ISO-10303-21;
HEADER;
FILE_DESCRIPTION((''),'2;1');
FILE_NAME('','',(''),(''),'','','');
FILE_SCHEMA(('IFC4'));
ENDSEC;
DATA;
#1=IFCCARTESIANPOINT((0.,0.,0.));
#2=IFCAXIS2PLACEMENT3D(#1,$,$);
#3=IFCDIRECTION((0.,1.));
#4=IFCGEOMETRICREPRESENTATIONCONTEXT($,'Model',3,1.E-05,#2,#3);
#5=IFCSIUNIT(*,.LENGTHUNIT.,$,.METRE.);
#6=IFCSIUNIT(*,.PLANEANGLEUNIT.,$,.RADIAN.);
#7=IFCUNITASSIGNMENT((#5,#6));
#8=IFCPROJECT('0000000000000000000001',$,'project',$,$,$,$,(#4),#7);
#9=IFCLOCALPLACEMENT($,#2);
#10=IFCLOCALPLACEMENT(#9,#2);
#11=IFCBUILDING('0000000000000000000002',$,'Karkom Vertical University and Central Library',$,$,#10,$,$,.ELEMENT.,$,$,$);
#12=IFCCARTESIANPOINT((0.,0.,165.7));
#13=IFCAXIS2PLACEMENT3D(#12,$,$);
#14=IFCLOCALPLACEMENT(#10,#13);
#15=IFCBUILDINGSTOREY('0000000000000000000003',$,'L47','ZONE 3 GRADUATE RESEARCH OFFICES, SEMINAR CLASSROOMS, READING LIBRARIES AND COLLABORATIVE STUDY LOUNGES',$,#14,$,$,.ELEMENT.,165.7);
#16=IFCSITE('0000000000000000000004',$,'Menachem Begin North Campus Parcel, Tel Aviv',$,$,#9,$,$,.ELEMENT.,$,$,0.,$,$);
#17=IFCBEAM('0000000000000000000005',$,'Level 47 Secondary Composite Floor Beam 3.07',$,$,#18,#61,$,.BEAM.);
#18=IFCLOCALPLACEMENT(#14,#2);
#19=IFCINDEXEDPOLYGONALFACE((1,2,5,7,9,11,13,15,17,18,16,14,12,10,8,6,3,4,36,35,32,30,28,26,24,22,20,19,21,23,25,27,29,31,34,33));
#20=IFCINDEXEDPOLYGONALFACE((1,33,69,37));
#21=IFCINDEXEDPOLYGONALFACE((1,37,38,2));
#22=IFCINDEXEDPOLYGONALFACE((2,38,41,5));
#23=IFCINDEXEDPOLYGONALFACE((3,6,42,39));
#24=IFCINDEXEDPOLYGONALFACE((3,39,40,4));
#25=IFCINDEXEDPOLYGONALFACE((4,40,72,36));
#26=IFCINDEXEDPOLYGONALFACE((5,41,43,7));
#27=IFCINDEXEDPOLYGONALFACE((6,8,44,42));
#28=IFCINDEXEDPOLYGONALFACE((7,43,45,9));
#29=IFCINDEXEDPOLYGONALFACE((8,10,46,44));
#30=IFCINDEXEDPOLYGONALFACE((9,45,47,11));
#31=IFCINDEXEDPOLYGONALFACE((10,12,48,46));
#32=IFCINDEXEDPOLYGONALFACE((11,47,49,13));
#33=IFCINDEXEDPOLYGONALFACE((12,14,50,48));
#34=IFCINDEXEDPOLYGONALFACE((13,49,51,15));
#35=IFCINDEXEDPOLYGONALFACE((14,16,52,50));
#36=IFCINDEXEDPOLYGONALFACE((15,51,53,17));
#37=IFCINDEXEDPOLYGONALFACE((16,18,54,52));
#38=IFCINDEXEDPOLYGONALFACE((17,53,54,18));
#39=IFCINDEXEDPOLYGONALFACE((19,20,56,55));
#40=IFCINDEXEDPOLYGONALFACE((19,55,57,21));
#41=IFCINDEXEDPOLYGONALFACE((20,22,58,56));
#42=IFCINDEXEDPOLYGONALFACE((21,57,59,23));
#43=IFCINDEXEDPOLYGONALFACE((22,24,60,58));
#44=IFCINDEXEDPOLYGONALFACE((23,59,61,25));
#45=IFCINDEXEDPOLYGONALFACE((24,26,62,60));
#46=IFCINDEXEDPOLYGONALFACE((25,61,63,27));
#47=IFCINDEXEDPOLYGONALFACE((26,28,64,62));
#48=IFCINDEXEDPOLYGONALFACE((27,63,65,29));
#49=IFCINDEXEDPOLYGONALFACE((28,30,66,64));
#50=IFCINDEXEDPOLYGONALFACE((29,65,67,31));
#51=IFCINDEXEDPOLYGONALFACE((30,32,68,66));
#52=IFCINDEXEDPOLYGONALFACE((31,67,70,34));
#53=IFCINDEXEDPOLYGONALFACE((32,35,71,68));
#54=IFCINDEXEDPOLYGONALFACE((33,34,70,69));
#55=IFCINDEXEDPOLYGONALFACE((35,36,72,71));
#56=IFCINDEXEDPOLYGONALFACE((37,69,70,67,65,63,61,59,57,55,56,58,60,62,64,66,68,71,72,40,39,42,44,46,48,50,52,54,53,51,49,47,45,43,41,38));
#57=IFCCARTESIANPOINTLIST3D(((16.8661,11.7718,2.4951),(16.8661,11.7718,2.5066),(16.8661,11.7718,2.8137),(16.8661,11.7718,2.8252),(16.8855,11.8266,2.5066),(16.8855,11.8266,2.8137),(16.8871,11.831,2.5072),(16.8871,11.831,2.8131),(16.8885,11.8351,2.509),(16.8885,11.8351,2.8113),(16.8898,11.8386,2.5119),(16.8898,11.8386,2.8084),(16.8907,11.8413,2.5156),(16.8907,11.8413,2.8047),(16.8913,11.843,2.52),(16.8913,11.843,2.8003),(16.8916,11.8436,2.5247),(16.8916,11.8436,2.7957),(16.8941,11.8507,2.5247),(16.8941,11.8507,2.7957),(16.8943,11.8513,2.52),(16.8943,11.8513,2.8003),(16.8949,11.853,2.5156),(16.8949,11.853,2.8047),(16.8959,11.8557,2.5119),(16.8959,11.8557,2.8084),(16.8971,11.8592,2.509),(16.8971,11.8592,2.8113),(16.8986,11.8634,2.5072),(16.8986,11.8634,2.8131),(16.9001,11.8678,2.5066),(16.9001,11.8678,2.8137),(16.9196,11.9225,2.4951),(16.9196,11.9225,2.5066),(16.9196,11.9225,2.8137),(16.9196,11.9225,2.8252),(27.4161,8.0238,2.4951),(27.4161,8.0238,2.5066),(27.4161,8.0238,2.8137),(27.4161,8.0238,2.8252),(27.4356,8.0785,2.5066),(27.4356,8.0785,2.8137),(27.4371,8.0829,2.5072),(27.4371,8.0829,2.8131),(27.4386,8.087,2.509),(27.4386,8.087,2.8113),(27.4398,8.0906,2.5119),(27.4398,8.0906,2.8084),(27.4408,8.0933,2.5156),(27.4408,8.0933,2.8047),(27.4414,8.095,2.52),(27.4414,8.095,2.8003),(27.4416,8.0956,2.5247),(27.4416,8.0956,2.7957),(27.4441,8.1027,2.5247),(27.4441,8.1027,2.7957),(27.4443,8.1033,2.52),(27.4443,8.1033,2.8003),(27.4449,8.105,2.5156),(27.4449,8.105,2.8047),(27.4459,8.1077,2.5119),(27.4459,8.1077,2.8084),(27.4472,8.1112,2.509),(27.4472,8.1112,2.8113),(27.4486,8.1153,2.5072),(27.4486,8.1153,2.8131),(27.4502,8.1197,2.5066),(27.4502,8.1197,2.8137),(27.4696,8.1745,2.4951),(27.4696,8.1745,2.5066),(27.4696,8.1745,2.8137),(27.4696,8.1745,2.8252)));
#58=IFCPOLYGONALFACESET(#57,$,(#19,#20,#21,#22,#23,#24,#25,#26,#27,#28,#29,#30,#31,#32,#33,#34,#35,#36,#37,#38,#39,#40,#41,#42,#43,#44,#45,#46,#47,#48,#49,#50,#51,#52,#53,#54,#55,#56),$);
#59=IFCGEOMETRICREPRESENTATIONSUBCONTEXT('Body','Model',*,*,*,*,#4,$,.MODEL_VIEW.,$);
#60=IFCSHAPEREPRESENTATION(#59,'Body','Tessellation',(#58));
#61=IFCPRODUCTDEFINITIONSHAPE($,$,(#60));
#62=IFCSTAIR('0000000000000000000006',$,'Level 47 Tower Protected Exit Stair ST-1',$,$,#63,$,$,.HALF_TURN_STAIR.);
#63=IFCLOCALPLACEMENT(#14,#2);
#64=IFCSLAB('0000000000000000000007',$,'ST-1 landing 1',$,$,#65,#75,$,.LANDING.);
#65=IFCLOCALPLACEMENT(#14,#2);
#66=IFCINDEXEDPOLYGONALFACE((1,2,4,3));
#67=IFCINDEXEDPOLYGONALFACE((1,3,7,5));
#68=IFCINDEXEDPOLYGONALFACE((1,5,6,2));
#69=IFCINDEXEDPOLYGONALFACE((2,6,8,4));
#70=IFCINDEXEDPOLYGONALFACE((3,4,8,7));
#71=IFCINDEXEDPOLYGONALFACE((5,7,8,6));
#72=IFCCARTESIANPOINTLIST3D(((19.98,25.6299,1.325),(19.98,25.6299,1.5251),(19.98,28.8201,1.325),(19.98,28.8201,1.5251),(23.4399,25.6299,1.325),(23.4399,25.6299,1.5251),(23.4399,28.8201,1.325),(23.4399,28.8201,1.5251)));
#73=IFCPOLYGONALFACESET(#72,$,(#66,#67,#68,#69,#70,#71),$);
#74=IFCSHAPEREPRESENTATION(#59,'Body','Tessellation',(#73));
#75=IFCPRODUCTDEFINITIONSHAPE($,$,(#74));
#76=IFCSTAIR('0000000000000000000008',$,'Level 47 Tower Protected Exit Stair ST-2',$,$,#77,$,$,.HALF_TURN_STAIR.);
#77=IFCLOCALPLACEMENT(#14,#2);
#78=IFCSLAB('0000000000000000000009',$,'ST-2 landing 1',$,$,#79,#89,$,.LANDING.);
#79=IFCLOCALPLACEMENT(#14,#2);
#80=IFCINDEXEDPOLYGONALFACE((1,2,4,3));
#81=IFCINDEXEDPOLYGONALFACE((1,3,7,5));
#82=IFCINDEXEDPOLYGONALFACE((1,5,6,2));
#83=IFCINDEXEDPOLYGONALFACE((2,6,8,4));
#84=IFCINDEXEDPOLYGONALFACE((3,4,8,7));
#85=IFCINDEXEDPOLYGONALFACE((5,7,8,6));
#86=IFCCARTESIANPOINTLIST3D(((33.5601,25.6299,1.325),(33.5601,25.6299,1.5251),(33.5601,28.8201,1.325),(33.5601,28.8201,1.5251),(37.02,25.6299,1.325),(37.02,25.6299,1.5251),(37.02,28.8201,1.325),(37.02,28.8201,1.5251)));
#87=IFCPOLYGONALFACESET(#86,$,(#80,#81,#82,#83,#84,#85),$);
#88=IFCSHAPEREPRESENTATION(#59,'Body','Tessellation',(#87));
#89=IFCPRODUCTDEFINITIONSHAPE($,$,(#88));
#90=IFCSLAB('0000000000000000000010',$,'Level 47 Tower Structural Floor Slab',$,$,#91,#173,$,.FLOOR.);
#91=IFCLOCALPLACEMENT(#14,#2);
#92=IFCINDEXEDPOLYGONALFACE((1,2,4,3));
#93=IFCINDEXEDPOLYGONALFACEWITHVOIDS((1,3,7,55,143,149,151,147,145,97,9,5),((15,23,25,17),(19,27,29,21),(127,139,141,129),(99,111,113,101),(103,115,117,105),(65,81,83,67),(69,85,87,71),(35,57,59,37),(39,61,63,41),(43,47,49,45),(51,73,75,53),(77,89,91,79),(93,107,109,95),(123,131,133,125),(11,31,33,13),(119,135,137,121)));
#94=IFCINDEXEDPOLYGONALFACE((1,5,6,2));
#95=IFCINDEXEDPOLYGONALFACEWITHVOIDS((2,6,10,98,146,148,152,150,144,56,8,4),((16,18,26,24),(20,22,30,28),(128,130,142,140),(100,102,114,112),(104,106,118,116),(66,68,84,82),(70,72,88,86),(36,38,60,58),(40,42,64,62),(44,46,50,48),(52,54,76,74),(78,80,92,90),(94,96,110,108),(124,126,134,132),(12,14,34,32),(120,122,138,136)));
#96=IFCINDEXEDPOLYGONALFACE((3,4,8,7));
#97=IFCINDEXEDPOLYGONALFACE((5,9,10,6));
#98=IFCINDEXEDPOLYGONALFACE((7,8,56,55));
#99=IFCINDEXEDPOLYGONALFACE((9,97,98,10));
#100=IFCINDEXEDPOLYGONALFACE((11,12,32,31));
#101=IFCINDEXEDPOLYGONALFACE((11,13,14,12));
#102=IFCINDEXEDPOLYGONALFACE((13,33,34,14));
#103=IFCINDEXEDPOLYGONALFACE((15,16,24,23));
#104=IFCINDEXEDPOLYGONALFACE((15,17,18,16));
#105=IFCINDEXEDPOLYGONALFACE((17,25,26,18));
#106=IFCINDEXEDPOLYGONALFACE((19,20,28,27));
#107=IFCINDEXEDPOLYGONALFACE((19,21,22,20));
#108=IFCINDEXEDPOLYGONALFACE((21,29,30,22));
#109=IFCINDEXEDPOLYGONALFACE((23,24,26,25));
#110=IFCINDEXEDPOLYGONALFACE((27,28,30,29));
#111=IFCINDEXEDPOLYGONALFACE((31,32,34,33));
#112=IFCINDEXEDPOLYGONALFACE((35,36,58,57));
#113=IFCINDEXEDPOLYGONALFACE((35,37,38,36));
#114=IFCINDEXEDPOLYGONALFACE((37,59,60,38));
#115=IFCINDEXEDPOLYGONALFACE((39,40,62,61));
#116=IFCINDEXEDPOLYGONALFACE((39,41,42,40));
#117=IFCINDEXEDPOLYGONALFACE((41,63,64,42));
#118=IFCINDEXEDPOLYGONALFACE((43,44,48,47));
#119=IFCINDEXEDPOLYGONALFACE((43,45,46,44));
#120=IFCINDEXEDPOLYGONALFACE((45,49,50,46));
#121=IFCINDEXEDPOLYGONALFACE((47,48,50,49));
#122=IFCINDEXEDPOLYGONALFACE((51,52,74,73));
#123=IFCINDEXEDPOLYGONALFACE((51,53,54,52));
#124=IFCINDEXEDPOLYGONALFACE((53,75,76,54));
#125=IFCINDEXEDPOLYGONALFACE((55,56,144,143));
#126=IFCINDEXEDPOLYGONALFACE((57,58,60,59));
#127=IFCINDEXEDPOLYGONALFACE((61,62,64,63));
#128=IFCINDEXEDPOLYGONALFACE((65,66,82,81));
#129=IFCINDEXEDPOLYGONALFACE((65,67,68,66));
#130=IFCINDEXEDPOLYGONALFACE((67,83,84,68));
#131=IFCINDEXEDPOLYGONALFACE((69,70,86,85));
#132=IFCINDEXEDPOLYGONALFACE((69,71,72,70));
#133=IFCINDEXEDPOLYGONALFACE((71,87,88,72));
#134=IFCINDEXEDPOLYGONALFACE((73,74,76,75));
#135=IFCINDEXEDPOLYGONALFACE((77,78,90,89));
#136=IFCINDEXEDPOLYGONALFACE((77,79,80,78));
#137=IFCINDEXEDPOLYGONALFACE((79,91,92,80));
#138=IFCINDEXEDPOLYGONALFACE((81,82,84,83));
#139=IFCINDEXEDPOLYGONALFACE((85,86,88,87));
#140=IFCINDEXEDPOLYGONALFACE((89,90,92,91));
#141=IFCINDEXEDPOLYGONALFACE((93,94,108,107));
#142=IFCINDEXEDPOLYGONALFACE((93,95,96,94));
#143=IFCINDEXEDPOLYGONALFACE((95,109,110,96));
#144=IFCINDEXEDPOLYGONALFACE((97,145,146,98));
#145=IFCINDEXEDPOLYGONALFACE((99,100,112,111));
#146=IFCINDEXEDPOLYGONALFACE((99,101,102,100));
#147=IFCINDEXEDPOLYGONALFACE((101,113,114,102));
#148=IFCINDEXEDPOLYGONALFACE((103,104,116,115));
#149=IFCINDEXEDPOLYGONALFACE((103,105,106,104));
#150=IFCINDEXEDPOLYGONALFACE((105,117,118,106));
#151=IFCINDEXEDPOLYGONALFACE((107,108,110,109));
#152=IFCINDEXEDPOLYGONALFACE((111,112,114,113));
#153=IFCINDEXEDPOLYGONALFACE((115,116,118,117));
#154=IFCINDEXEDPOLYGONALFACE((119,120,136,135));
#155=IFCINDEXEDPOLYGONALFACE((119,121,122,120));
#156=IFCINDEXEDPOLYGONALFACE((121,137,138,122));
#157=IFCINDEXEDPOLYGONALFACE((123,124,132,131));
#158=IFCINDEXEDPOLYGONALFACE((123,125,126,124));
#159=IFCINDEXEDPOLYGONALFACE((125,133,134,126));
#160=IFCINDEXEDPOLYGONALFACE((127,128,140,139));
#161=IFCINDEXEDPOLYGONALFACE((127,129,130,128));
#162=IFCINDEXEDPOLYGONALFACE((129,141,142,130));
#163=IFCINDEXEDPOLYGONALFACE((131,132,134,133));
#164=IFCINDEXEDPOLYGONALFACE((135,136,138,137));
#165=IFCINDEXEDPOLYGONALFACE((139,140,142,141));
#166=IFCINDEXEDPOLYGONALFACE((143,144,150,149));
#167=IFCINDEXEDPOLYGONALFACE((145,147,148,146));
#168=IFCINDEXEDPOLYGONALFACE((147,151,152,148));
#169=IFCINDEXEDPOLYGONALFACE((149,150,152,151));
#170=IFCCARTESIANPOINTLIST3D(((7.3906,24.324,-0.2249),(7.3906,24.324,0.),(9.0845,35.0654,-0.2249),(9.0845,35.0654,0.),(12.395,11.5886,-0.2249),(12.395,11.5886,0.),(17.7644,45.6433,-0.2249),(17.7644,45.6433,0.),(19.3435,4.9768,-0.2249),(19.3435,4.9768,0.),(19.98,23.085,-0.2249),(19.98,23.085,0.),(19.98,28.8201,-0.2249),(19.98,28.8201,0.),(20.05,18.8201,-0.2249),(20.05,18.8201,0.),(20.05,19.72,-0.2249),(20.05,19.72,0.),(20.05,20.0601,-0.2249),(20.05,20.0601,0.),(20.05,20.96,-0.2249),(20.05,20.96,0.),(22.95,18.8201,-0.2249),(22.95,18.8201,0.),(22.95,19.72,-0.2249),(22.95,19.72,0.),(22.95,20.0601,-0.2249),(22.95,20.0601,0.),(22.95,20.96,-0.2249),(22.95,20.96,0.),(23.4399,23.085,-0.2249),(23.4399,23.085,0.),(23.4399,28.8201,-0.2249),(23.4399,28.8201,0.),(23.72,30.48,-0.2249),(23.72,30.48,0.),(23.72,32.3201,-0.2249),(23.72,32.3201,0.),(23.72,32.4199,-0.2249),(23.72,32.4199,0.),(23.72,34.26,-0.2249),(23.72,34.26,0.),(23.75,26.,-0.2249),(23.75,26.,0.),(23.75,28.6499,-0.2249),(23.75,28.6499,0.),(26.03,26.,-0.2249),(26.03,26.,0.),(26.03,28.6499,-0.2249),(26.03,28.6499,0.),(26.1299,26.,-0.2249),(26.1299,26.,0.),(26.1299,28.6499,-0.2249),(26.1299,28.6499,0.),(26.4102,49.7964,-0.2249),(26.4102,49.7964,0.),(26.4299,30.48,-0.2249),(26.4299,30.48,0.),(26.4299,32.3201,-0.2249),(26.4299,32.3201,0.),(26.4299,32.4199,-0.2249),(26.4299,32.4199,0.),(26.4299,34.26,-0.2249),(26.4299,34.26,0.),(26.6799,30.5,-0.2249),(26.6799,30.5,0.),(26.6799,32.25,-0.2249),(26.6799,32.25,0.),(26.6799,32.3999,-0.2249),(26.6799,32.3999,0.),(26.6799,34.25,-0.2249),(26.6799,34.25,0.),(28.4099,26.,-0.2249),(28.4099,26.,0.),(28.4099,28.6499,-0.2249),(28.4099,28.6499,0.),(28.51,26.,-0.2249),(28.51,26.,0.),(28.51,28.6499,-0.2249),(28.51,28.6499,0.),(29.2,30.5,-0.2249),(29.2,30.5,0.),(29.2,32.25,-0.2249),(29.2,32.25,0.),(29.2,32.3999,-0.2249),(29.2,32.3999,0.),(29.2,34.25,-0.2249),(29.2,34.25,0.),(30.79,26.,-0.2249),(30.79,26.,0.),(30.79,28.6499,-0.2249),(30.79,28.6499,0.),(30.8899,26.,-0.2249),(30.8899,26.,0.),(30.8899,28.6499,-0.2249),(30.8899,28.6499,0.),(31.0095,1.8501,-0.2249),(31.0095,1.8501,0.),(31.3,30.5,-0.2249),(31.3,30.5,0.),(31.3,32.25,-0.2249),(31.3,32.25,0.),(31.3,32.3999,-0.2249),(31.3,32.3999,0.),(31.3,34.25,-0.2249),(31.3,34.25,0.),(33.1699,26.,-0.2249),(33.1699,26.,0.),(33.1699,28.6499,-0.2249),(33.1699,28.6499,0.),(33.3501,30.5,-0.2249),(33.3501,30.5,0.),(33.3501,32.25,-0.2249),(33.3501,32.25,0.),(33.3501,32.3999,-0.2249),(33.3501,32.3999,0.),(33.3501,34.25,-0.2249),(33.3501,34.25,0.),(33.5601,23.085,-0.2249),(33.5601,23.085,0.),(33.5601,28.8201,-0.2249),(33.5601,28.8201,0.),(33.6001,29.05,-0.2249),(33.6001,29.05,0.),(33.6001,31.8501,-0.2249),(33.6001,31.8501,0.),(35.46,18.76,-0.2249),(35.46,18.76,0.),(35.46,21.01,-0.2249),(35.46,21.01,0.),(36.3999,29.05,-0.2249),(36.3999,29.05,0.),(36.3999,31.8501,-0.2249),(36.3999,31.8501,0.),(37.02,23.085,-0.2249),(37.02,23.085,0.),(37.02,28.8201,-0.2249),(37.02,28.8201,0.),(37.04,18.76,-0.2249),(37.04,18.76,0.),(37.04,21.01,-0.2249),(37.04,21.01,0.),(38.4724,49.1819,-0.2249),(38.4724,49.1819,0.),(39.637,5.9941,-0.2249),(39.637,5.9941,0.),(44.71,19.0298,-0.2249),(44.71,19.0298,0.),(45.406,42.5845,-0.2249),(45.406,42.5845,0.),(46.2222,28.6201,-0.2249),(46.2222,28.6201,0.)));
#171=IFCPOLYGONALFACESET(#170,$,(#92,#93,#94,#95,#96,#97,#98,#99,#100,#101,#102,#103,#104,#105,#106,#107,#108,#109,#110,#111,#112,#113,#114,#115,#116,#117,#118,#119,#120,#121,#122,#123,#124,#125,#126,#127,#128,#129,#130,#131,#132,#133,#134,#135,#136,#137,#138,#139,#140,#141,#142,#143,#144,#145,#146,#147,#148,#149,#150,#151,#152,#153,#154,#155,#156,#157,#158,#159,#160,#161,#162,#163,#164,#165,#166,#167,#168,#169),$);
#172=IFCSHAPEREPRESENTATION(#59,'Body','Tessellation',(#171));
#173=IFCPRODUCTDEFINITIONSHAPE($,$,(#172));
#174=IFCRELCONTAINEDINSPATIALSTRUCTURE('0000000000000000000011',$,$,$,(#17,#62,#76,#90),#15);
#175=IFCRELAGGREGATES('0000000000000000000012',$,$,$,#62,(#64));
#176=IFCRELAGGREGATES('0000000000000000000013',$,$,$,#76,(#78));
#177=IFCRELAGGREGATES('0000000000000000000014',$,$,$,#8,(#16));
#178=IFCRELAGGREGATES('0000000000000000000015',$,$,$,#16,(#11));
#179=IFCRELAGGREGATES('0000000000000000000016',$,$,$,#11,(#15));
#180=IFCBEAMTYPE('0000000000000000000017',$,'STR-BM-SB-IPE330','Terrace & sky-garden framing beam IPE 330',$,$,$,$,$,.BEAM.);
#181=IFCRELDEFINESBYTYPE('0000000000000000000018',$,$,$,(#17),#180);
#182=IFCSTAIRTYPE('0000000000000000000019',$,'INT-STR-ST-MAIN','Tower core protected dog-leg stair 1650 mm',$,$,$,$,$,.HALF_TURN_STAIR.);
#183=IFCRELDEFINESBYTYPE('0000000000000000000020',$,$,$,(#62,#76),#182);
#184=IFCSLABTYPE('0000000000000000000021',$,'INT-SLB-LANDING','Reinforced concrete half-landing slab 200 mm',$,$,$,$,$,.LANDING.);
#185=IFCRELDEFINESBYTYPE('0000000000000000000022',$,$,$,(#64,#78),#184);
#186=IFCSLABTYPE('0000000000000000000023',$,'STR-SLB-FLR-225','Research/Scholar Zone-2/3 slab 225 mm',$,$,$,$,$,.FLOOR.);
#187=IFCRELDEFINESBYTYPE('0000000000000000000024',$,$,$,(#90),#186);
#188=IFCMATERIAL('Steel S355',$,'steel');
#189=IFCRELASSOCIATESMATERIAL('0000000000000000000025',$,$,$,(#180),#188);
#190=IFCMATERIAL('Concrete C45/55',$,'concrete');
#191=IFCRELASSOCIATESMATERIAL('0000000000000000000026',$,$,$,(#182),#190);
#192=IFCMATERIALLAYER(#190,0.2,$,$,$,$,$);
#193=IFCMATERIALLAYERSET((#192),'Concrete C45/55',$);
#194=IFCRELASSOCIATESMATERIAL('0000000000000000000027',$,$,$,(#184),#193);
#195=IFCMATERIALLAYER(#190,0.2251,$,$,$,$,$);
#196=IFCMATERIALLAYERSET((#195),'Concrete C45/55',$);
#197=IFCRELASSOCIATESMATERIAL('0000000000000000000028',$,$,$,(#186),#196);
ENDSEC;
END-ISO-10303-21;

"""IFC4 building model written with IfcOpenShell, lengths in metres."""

from ifc_helpers import new_model, si_unit, direction, frame, origin, origin_with_axes, origin_2d, place, context, subcontext, project, spatial, polyline, i_section, outline, extrude, source, transform, mapped, material, layer, layer_set, material_profile, profile_set, type_object, element, aggregate, save


model = new_model("IFC4")

# Units and contexts
model_context = context("Model", 3, precision=1e-05, world=origin(), true_north=direction((0.0, 1.0)))
body_context = subcontext(model_context, "Body", "Model", "MODEL_VIEW")
ifc_project = project(units=[si_unit("LENGTHUNIT", "METRE"), si_unit("PLANEANGLEUNIT", "RADIAN")], contexts=[model_context])

# Site, building, storey
site_placement = place(None, origin())
site = spatial("IfcSite", under=ifc_project, at=site_placement, Name="Menachem Begin North Campus Parcel, Tel Aviv", CompositionType="ELEMENT", RefElevation=0.0)
building_placement = place(site_placement, origin())
building = spatial("IfcBuilding", under=site, at=building_placement, Name="Karkom Vertical University and Central Library", CompositionType="ELEMENT")
storey_placement = place(building_placement, frame((0.0, 0.0, 165.7)))
storey = spatial("IfcBuildingStorey", under=building, at=storey_placement, Name="L47", Description="ZONE 3 GRADUATE RESEARCH OFFICES, SEMINAR CLASSROOMS, READING LIBRARIES AND COLLABORATIVE STUDY LOUNGES", CompositionType="ELEMENT", Elevation=165.7)

# Beam
ifc_material_1 = material(Name="Steel S355", Category="steel")
ifc_material_profile_1 = material_profile(ifc_material_1, i_section(OverallWidth=0.1599, OverallDepth=0.3301, WebThickness=0.0076, FlangeThickness=0.0115, FilletRadius=0.0181, at=origin_2d()), Name="IPE 330")
ifc_profile_set_1 = profile_set([ifc_material_profile_1], Name="Steel S355")
beam_type_1 = type_object("IfcBeamType", Name="STR-BM-SB-IPE330", Description="Terrace & sky-garden framing beam IPE 330", PredefinedType="BEAM", material=ifc_profile_set_1)
shared_shape_1 = source(origin_with_axes(), body_context, "Body", "SweptSolid", [
    extrude(i_section(OverallWidth=0.1599, OverallDepth=0.3301, WebThickness=0.0076, FlangeThickness=0.0115, FilletRadius=0.0181, at=origin_2d()), origin(), (0.0, 0.0, 1.0), 11.196),
])
beam_1_placement = place(storey_placement, frame((16.8928, 11.8472, 2.6602), z_axis=(0.942302, -0.334765, 0.0), x_axis=(0.334765, 0.942302, 0.0)))
element("IfcBeam", 1, at=beam_1_placement, inside=storey, type_object=beam_type_1, Name="Level 47 Secondary Composite Floor Beam 3.07", PredefinedType="BEAM", context=body_context, shape_type="MappedRepresentation", body=[
    mapped(shared_shape_1, transform((0.0, 0.0, 0.0), scale=1.0)),
])

# Stairs, slabs
ifc_material_2 = material(Name="Concrete C45/55", Category="concrete")
stair_type = type_object("IfcStairType", Name="INT-STR-ST-MAIN", Description="Tower core protected dog-leg stair 1650 mm", PredefinedType="HALF_TURN_STAIR", material=ifc_material_2)
stair_1_placement = place(storey_placement, origin())
stair_1 = element("IfcStair", 2, at=stair_1_placement, inside=storey, type_object=stair_type, Name="Level 47 Tower Protected Exit Stair ST-1", PredefinedType="HALF_TURN_STAIR")
ifc_layer_1 = layer(ifc_material_2, 0.2)
ifc_layer_set_1 = layer_set([ifc_layer_1], Name="Concrete C45/55")
slab_type_1 = type_object("IfcSlabType", Name="INT-SLB-LANDING", Description="Reinforced concrete half-landing slab 200 mm", PredefinedType="LANDING", material=ifc_layer_set_1)
slab_1_placement = place(storey_placement, frame((0.0, 0.0, 1.325)))
slab_1 = element("IfcSlab", 3, at=slab_1_placement, type_object=slab_type_1, Name="ST-1 landing 1", PredefinedType="LANDING", context=body_context, shape_type="SweptSolid", body=[
    extrude(outline(polyline([(23.4399, 25.6299), (23.4399, 28.8201), (19.98, 28.8201), (19.98, 25.6299), (23.4399, 25.6299)])), origin(), (0.0, 0.0, 1.0), 0.2002),
])
aggregate(stair_1, [slab_1])
stair_2_placement = place(storey_placement, origin())
stair_2 = element("IfcStair", 4, at=stair_2_placement, inside=storey, type_object=stair_type, Name="Level 47 Tower Protected Exit Stair ST-2", PredefinedType="HALF_TURN_STAIR")
slab_2_placement = place(storey_placement, frame((0.0, 0.0, 1.325)))
slab_2 = element("IfcSlab", 5, at=slab_2_placement, type_object=slab_type_1, Name="ST-2 landing 1", PredefinedType="LANDING", context=body_context, shape_type="SweptSolid", body=[
    extrude(outline(polyline([(37.02, 25.6299), (37.02, 28.8201), (33.5601, 28.8201), (33.5601, 25.6299), (37.02, 25.6299)])), origin(), (0.0, 0.0, 1.0), 0.2002),
])
aggregate(stair_2, [slab_2])

# Slab
ifc_layer_2 = layer(ifc_material_2, 0.2251)
ifc_layer_set_2 = layer_set([ifc_layer_2], Name="Concrete C45/55")
slab_type_2 = type_object("IfcSlabType", Name="STR-SLB-FLR-225", Description="Research/Scholar Zone-2/3 slab 225 mm", PredefinedType="FLOOR", material=ifc_layer_set_2)
slab_3_placement = place(storey_placement, frame((0.0, 0.0, -0.2249)))
element("IfcSlab", 6, at=slab_3_placement, inside=storey, type_object=slab_type_2, Name="Level 47 Tower Structural Floor Slab", PredefinedType="FLOOR", context=body_context, shape_type="SweptSolid", body=[
    extrude(outline(polyline([(9.0845, 35.0654), (7.3906, 24.324), (12.395, 11.5886), (19.3435, 4.9768), (31.0095, 1.8501), (39.637, 5.9941), (44.71, 19.0298), (46.2222, 28.6201), (45.406, 42.5845), (38.4724, 49.1819), (26.4102, 49.7964), (17.7644, 45.6433), (9.0845, 35.0654)]), holes=[polyline([(19.98, 23.085), (23.4399, 23.085), (23.4399, 28.8201), (19.98, 28.8201), (19.98, 23.085)]), polyline([(33.5601, 23.085), (37.02, 23.085), (37.02, 28.8201), (33.5601, 28.8201), (33.5601, 23.085)]), polyline([(23.75, 26.0), (26.03, 26.0), (26.03, 28.6499), (23.75, 28.6499), (23.75, 26.0)]), polyline([(26.1299, 26.0), (28.4099, 26.0), (28.4099, 28.6499), (26.1299, 28.6499), (26.1299, 26.0)]), polyline([(28.51, 26.0), (30.79, 26.0), (30.79, 28.6499), (28.51, 28.6499), (28.51, 26.0)]), polyline([(30.8899, 26.0), (33.1699, 26.0), (33.1699, 28.6499), (30.8899, 28.6499), (30.8899, 26.0)]), polyline([(26.6799, 30.5), (29.2, 30.5), (29.2, 32.25), (26.6799, 32.25), (26.6799, 30.5)]), polyline([(26.6799, 32.3999), (29.2, 32.3999), (29.2, 34.25), (26.6799, 34.25), (26.6799, 32.3999)]), polyline([(31.3, 30.5), (33.3501, 30.5), (33.3501, 32.25), (31.3, 32.25), (31.3, 30.5)]), polyline([(31.3, 32.3999), (33.3501, 32.3999), (33.3501, 34.25), (31.3, 34.25), (31.3, 32.3999)]), polyline([(23.72, 30.48), (26.4299, 30.48), (26.4299, 32.3201), (23.72, 32.3201), (23.72, 30.48)]), polyline([(23.72, 32.4199), (26.4299, 32.4199), (26.4299, 34.26), (23.72, 34.26), (23.72, 32.4199)]), polyline([(33.6001, 29.05), (36.3999, 29.05), (36.3999, 31.8501), (33.6001, 31.8501), (33.6001, 29.05)]), polyline([(20.05, 18.8201), (22.95, 18.8201), (22.95, 19.72), (20.05, 19.72), (20.05, 18.8201)]), polyline([(20.05, 20.0601), (22.95, 20.0601), (22.95, 20.96), (20.05, 20.96), (20.05, 20.0601)]), polyline([(35.46, 18.76), (37.04, 18.76), (37.04, 21.01), (35.46, 21.01), (35.46, 18.76)])]), origin(), (0.0, 0.0, 1.0), 0.2249),
])

save(model, "model.ifc")
